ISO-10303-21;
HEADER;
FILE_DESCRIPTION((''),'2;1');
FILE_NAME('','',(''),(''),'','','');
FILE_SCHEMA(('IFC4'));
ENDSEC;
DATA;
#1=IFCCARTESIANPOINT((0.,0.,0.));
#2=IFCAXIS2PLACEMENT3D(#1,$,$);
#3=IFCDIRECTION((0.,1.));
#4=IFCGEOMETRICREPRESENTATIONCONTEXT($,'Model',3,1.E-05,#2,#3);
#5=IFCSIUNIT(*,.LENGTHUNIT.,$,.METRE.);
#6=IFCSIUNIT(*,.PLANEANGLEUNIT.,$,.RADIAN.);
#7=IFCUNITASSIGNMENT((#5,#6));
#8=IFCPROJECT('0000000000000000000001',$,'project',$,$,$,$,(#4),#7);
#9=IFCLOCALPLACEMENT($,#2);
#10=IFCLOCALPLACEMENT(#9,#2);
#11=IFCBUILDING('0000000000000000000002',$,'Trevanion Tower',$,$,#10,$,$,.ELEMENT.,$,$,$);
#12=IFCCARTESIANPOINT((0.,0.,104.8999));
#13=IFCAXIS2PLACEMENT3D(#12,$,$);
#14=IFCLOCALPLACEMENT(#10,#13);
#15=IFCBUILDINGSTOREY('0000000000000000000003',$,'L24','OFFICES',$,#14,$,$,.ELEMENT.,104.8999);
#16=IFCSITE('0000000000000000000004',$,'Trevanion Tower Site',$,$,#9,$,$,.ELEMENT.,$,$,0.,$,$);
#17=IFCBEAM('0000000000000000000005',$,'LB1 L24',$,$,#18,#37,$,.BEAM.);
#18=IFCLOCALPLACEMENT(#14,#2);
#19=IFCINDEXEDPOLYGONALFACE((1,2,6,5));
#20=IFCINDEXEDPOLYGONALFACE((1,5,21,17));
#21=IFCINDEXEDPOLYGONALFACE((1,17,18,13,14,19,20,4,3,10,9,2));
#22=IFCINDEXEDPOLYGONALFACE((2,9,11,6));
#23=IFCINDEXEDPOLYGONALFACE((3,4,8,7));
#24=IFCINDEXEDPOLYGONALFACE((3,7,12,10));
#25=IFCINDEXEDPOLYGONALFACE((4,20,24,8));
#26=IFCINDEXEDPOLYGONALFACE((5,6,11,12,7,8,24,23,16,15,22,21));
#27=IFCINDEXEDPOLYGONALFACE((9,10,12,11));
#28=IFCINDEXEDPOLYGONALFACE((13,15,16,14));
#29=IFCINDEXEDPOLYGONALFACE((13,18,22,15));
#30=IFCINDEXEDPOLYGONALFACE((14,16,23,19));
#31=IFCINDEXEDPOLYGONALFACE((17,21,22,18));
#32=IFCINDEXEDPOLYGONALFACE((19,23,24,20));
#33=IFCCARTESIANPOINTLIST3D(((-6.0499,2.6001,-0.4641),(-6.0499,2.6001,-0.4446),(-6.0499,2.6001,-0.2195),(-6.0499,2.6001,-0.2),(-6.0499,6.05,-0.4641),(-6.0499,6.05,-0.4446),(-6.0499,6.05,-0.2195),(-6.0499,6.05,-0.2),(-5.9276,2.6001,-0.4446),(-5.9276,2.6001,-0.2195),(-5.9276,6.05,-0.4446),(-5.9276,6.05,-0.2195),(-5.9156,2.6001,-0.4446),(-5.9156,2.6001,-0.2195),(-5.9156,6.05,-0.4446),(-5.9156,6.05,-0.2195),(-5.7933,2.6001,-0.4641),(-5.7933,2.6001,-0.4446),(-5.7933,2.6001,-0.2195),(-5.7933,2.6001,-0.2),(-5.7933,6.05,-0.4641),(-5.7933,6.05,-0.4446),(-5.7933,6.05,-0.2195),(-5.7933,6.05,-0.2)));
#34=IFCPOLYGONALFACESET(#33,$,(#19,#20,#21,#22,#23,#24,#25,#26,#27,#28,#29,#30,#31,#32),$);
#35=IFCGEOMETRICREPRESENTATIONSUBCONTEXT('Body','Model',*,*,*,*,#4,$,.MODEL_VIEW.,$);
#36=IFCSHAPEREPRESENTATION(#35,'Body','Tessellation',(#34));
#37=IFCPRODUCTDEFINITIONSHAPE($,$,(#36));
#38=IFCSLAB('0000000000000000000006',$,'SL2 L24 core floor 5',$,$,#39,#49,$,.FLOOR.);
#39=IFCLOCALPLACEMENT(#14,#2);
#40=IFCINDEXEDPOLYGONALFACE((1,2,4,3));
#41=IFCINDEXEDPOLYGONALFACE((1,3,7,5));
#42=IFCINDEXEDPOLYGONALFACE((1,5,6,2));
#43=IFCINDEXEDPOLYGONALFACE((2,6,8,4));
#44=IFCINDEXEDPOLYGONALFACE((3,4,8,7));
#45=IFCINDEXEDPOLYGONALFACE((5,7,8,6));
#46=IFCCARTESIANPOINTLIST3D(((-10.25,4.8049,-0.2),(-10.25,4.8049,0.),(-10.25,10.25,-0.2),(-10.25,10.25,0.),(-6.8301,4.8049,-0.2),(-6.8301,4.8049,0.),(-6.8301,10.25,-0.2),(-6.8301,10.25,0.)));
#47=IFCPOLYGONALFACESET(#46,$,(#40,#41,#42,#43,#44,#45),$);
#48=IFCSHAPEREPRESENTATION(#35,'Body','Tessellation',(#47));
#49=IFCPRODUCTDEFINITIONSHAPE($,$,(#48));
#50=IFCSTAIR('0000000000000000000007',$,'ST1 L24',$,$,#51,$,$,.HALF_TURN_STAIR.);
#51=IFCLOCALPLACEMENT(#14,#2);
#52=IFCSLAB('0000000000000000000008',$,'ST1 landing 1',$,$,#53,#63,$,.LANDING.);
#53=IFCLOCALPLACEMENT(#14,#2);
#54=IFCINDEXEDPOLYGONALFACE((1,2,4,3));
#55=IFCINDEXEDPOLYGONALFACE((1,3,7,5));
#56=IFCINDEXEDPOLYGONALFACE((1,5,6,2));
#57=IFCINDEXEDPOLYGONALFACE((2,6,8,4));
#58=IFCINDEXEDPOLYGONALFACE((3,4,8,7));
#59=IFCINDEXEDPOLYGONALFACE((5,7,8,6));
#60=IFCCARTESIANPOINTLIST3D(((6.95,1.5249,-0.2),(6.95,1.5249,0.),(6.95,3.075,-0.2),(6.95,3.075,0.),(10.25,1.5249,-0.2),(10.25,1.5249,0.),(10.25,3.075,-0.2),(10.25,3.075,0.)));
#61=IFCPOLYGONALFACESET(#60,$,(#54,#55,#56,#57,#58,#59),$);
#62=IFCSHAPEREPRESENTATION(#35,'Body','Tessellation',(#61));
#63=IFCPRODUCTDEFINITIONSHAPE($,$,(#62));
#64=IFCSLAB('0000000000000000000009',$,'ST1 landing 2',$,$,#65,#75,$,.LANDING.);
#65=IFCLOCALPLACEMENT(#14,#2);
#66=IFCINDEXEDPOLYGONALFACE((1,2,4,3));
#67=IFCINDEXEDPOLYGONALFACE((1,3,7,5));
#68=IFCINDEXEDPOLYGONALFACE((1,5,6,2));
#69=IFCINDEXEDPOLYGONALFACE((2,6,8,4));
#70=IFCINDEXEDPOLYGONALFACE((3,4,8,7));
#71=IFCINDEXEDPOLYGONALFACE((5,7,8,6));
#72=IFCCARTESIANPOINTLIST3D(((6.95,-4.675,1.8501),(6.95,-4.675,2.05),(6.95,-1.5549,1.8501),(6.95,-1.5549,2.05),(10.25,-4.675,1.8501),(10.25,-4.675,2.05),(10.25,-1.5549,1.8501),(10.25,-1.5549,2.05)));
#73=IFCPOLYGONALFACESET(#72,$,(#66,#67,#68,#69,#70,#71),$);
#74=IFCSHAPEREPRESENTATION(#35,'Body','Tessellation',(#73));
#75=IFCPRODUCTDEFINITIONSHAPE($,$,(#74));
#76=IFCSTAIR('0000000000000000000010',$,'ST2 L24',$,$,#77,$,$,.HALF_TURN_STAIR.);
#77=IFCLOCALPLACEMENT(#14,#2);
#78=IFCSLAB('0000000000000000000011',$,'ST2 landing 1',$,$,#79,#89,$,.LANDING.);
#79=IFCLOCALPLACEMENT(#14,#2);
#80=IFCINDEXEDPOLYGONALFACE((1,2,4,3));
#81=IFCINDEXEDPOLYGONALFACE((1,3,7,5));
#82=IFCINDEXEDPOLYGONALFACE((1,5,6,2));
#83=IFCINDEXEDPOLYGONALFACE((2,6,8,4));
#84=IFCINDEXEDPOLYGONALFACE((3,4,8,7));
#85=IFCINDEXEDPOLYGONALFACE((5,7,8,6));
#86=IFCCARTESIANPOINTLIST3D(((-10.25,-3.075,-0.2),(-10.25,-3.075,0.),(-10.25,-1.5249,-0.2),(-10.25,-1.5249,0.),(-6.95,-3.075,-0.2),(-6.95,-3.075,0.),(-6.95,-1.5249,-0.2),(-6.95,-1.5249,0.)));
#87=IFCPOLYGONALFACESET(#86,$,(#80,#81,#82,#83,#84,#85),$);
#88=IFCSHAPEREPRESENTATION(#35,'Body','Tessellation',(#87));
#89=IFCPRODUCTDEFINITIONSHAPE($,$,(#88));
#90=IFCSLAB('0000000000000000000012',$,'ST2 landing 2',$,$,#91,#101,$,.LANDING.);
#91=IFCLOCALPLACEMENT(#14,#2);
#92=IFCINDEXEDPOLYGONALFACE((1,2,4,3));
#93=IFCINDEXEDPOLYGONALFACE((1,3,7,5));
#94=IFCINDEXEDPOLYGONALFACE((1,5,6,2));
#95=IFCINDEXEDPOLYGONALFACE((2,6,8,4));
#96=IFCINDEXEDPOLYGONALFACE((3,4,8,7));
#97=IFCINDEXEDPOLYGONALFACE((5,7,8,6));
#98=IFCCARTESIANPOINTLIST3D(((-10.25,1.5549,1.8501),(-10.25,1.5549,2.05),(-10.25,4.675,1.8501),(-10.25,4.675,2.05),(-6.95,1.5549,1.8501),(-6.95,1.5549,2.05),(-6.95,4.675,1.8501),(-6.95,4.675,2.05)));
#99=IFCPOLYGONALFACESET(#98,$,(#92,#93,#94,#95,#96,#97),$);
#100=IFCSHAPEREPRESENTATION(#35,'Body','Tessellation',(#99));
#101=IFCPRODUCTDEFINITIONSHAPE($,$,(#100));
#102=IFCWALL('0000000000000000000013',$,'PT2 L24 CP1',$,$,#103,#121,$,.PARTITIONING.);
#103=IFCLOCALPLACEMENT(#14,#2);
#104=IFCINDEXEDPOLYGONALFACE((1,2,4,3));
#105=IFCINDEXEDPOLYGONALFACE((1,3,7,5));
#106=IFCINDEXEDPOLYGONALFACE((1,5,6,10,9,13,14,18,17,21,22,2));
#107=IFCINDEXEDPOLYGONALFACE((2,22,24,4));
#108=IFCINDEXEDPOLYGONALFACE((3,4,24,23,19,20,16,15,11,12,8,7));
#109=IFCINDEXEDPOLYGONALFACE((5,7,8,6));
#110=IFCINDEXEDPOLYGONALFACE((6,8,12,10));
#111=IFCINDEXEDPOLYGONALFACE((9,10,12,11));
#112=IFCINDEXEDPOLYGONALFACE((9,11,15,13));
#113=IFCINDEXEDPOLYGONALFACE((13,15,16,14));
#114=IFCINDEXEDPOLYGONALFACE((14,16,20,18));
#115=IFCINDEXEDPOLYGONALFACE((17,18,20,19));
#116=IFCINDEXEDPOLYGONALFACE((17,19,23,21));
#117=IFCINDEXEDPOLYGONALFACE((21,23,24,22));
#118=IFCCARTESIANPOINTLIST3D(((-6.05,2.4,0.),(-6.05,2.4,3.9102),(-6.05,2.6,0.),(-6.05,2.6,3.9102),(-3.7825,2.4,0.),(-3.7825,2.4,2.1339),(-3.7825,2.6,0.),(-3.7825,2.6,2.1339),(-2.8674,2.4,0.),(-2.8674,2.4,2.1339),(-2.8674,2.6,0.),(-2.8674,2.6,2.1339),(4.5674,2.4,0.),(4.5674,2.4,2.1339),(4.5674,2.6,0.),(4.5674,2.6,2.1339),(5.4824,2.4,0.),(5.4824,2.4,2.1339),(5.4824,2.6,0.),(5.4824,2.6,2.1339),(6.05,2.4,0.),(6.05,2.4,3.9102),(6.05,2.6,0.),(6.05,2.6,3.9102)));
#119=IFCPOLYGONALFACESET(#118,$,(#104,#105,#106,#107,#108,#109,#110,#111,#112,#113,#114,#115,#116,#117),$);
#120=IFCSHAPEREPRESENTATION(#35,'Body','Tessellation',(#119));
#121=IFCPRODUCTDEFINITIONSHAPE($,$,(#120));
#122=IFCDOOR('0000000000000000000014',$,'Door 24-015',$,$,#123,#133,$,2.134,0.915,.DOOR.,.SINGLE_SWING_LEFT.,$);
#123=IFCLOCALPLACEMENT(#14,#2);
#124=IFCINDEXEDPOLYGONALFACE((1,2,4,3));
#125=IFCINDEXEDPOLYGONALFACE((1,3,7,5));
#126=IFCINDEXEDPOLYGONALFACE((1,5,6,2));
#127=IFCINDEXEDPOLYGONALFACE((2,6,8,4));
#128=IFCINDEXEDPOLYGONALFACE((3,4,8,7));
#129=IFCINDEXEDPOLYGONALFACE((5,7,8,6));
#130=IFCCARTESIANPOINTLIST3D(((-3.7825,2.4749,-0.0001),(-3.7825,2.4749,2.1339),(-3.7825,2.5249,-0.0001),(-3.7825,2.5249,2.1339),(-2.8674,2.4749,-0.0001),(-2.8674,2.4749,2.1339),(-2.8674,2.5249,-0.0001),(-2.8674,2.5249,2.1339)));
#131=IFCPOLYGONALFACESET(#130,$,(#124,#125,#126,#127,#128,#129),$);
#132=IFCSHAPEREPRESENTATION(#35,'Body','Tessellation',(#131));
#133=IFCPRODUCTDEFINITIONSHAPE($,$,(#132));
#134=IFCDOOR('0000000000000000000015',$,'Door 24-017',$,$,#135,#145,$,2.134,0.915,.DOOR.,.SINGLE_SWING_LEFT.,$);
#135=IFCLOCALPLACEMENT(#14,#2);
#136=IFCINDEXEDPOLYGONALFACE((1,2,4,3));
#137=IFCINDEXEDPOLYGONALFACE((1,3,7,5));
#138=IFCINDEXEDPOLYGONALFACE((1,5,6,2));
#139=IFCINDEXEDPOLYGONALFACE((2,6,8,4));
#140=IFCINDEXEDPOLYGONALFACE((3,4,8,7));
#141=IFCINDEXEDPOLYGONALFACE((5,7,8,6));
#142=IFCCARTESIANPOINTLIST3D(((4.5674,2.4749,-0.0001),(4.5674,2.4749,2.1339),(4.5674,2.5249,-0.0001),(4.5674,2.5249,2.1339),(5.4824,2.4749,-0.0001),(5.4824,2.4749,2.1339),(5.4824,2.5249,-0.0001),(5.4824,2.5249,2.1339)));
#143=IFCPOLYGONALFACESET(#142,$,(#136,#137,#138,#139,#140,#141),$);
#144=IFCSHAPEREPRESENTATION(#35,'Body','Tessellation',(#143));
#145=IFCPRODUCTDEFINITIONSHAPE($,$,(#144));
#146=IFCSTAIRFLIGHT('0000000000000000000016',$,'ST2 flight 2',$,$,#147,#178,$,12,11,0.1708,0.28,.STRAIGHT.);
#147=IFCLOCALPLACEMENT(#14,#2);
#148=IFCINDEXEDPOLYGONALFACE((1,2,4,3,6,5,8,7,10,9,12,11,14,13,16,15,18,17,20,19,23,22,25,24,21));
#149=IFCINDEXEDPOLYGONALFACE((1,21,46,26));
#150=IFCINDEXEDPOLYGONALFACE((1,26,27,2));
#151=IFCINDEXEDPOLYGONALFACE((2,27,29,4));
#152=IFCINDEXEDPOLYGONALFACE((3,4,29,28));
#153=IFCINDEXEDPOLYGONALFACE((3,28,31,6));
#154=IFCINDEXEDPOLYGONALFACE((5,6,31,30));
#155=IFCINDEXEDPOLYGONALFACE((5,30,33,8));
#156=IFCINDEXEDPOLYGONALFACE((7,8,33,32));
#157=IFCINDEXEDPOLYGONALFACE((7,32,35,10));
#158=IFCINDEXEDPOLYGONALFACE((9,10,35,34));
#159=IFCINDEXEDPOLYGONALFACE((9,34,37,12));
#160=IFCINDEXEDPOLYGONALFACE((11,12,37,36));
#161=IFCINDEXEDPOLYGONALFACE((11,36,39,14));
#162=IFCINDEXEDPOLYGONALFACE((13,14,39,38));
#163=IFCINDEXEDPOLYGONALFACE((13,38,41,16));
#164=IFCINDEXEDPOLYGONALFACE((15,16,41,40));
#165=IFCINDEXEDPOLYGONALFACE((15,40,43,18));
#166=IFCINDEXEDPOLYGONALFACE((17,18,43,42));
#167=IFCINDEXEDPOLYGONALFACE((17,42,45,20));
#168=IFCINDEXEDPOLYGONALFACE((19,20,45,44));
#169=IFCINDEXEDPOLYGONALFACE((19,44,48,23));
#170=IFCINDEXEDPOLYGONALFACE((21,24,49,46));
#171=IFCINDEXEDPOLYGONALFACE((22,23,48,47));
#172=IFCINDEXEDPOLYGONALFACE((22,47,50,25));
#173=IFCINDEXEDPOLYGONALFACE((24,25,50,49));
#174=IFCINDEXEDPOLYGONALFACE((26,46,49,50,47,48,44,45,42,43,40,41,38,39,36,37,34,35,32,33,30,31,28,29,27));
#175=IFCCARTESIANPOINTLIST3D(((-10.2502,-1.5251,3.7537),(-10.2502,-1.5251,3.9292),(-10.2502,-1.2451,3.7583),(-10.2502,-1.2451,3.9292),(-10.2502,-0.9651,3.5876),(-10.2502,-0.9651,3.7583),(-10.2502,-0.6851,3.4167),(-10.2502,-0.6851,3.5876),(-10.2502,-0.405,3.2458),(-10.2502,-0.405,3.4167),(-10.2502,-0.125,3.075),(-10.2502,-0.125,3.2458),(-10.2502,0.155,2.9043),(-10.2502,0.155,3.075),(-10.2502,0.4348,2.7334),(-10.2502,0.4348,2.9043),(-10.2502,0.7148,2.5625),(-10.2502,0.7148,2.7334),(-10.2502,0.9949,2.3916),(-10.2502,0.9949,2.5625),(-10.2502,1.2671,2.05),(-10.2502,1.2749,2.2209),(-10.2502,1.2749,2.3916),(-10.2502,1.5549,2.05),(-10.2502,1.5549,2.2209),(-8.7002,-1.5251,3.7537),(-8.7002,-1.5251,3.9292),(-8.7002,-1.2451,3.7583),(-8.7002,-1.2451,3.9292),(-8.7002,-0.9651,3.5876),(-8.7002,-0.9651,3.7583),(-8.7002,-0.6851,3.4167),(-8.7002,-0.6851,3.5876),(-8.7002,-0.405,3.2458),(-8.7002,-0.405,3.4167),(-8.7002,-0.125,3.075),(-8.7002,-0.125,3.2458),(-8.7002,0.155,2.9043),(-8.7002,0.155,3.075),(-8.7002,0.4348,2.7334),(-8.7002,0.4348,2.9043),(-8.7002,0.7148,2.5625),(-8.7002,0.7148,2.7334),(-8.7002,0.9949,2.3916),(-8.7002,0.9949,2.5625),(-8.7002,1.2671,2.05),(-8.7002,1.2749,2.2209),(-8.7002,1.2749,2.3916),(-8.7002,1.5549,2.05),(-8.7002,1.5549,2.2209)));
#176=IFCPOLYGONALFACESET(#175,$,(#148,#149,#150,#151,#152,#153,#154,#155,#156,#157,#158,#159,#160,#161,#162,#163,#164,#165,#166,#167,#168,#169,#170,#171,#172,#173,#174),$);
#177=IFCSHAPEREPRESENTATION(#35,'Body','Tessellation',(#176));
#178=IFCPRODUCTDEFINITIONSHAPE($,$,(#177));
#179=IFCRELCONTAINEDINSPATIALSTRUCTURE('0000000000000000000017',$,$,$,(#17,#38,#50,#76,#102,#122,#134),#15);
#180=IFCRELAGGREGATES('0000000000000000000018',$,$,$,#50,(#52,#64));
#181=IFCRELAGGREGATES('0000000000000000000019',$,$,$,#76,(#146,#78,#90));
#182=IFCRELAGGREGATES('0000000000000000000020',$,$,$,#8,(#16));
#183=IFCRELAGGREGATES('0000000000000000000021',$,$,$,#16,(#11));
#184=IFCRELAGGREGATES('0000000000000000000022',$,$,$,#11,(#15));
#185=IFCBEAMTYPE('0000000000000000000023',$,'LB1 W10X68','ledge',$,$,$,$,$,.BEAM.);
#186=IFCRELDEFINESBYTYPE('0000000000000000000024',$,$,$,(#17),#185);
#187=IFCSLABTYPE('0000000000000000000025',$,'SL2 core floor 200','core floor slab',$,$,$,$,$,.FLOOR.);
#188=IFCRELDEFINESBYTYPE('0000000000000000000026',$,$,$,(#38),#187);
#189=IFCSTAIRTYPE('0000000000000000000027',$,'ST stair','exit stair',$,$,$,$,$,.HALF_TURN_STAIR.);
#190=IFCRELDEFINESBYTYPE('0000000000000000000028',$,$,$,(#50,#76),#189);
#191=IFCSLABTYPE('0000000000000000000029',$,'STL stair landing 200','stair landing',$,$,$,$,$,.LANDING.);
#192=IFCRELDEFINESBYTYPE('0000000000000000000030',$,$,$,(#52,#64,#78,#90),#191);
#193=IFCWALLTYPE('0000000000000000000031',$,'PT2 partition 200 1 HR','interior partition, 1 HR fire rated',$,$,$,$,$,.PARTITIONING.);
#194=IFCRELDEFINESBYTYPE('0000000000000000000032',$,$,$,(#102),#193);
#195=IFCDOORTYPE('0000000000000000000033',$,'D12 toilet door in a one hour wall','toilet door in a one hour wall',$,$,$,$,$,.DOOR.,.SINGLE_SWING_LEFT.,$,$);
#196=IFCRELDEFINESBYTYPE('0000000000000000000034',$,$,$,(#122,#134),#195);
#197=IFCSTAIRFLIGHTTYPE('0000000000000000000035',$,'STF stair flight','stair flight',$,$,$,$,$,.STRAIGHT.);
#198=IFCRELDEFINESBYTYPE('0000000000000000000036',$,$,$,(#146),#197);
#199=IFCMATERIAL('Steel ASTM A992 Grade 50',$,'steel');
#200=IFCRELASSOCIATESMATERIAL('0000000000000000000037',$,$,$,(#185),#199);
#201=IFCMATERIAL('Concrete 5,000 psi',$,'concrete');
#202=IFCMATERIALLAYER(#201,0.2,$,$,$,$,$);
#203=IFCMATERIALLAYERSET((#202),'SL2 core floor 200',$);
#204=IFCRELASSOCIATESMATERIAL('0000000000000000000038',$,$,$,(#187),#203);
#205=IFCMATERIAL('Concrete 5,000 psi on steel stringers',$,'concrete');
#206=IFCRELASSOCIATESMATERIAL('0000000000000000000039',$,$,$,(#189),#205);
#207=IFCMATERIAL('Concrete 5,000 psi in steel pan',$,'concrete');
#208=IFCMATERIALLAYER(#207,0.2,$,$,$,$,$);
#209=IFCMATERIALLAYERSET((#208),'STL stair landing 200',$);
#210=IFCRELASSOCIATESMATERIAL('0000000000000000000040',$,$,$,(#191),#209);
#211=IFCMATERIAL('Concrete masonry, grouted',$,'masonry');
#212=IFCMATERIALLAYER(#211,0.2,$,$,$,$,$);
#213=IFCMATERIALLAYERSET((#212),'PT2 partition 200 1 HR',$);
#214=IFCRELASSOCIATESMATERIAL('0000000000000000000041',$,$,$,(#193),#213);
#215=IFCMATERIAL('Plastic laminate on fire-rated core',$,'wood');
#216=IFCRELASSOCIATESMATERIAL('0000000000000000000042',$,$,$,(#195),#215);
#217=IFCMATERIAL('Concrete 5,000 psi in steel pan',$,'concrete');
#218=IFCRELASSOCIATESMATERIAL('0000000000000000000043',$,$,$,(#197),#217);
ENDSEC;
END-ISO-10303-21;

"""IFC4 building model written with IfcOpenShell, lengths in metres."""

from ifc_helpers import new_model, si_unit, direction, frame, frame_2d, origin, origin_2d, place, context, subcontext, project, spatial, polyline, rectangle, i_section, outline, extrude, material, layer, layer_set, material_profile, profile_set, type_object, element, fill, aggregate, save


model = new_model("IFC4")

# Units and contexts
model_context = context("Model", 3, precision=1e-05, world=origin(), true_north=direction((0.0, 1.0)))
body_context = subcontext(model_context, "Body", "Model", "MODEL_VIEW")
ifc_project = project(units=[si_unit("LENGTHUNIT", "METRE"), si_unit("PLANEANGLEUNIT", "RADIAN")], contexts=[model_context])

# Site, building, storey
site_placement = place(None, origin())
site = spatial("IfcSite", under=ifc_project, at=site_placement, Name="Trevanion Tower Site", CompositionType="ELEMENT", RefElevation=0.0)
building_placement = place(site_placement, origin())
building = spatial("IfcBuilding", under=site, at=building_placement, Name="Trevanion Tower", CompositionType="ELEMENT")
storey_placement = place(building_placement, frame((0.0, 0.0, 104.8999)))
storey = spatial("IfcBuildingStorey", under=building, at=storey_placement, Name="L24", Description="OFFICES", CompositionType="ELEMENT", Elevation=104.8999)

# Beam
ifc_material_1 = material(Name="Steel ASTM A992 Grade 50", Category="steel")
ifc_material_profile = material_profile(ifc_material_1, i_section(OverallWidth=0.2566, OverallDepth=0.2642, WebThickness=0.012, FlangeThickness=0.0195, at=origin_2d()), Name="W10X68")
ifc_profile_set = profile_set([ifc_material_profile], Name="Steel ASTM A992 Grade 50")
beam_type = type_object("IfcBeamType", Name="LB1 W10X68", Description="ledge", PredefinedType="BEAM", material=ifc_profile_set)
beam_placement = place(storey_placement, frame((-5.9216, 2.6001, -0.332), z_axis=(0.0, 1.0, 0.0), x_axis=(-1.0, 0.0, 0.0)))
element("IfcBeam", 1, at=beam_placement, inside=storey, type_object=beam_type, Name="LB1 L24", PredefinedType="BEAM", context=body_context, shape_type="SweptSolid", body=[
    extrude(i_section(OverallWidth=0.2566, OverallDepth=0.2642, WebThickness=0.012, FlangeThickness=0.0195, at=origin_2d()), origin(), (0.0, 0.0, 1.0), 3.45),
])

# Slab
ifc_material_2 = material(Name="Concrete 5,000 psi", Category="concrete")
ifc_layer_1 = layer(ifc_material_2, 0.2)
ifc_layer_set_1 = layer_set([ifc_layer_1], Name="SL2 core floor 200")
slab_type_1 = type_object("IfcSlabType", Name="SL2 core floor 200", Description="core floor slab", PredefinedType="FLOOR", material=ifc_layer_set_1)
slab_1_placement = place(storey_placement, frame((0.0, 0.0, -0.2)))
element("IfcSlab", 2, at=slab_1_placement, inside=storey, type_object=slab_type_1, Name="SL2 L24 core floor 5", PredefinedType="FLOOR", context=body_context, shape_type="SweptSolid", body=[
    extrude(outline(polyline([(-6.8301, 4.8049), (-10.25, 4.8049), (-10.25, 10.25), (-6.8301, 10.25), (-6.8301, 4.8049)])), origin(), (0.0, 0.0, 1.0), 0.2),
])

# Stairs, slabs
ifc_material_3 = material(Name="Concrete 5,000 psi on steel stringers", Category="concrete")
stair_type = type_object("IfcStairType", Name="ST stair", Description="exit stair", PredefinedType="HALF_TURN_STAIR", material=ifc_material_3)
stair_1_placement = place(storey_placement, origin())
stair_1 = element("IfcStair", 3, at=stair_1_placement, inside=storey, type_object=stair_type, Name="ST1 L24", PredefinedType="HALF_TURN_STAIR")
ifc_material_4 = material(Name="Concrete 5,000 psi in steel pan", Category="concrete")
ifc_layer_2 = layer(ifc_material_4, 0.2)
ifc_layer_set_2 = layer_set([ifc_layer_2], Name="STL stair landing 200")
slab_type_2 = type_object("IfcSlabType", Name="STL stair landing 200", Description="stair landing", PredefinedType="LANDING", material=ifc_layer_set_2)
slab_2_placement = place(storey_placement, frame((0.0, 0.0, -0.2)))
slab_2 = element("IfcSlab", 4, at=slab_2_placement, type_object=slab_type_2, Name="ST1 landing 1", PredefinedType="LANDING", context=body_context, shape_type="SweptSolid", body=[
    extrude(outline(polyline([(6.95, 1.5249), (10.25, 1.5249), (10.25, 3.075), (6.95, 3.075), (6.95, 1.5249)])), origin(), (0.0, 0.0, 1.0), 0.2),
])
slab_3_placement = place(storey_placement, frame((0.0, 0.0, 1.8501)))
slab_3 = element("IfcSlab", 5, at=slab_3_placement, type_object=slab_type_2, Name="ST1 landing 2", PredefinedType="LANDING", context=body_context, shape_type="SweptSolid", body=[
    extrude(outline(polyline([(6.95, -4.675), (10.25, -4.675), (10.25, -1.5549), (6.95, -1.5549), (6.95, -4.675)])), origin(), (0.0, 0.0, 1.0), 0.2),
])
aggregate(stair_1, [slab_2, slab_3])
stair_2_placement = place(storey_placement, origin())
stair_2 = element("IfcStair", 6, at=stair_2_placement, inside=storey, type_object=stair_type, Name="ST2 L24", PredefinedType="HALF_TURN_STAIR")
slab_4_placement = place(storey_placement, frame((0.0, 0.0, -0.2)))
slab_4 = element("IfcSlab", 7, at=slab_4_placement, type_object=slab_type_2, Name="ST2 landing 1", PredefinedType="LANDING", context=body_context, shape_type="SweptSolid", body=[
    extrude(outline(polyline([(-6.95, -1.5249), (-10.25, -1.5249), (-10.25, -3.075), (-6.95, -3.075), (-6.95, -1.5249)])), origin(), (0.0, 0.0, 1.0), 0.2),
])
slab_5_placement = place(storey_placement, frame((0.0, 0.0, 1.8501)))
slab_5 = element("IfcSlab", 8, at=slab_5_placement, type_object=slab_type_2, Name="ST2 landing 2", PredefinedType="LANDING", context=body_context, shape_type="SweptSolid", body=[
    extrude(outline(polyline([(-6.95, 4.675), (-10.25, 4.675), (-10.25, 1.5549), (-6.95, 1.5549), (-6.95, 4.675)])), origin(), (0.0, 0.0, 1.0), 0.2),
])

# Wall, openings, doors
ifc_material_5 = material(Name="Concrete masonry, grouted", Category="masonry")
ifc_layer_3 = layer(ifc_material_5, 0.2)
ifc_layer_set_3 = layer_set([ifc_layer_3], Name="PT2 partition 200 1 HR")
wall_type = type_object("IfcWallType", Name="PT2 partition 200 1 HR", Description="interior partition, 1 HR fire rated", PredefinedType="PARTITIONING", material=ifc_layer_set_3)
wall_placement = place(storey_placement, frame((-6.05, 2.5, 0.0), z_axis=(0.0, 0.0, 1.0), x_axis=(1.0, 0.0, 0.0)))
wall = element("IfcWall", 9, at=wall_placement, inside=storey, type_object=wall_type, Name="PT2 L24 CP1", PredefinedType="PARTITIONING", context=body_context, shape_type="SweptSolid", body=[
    extrude(rectangle(XDim=12.1001, YDim=0.2, at=frame_2d((6.05, 0.0))), origin(), (0.0, 0.0, 1.0), 3.9102),
])
opening_1_placement = place(wall_placement, frame((2.2676, 0.0, 0.0)))
opening_1 = element("IfcOpeningElement", 10, at=opening_1_placement, cuts=wall, PredefinedType="OPENING", context=body_context, shape_type="SweptSolid", body=[
    extrude(rectangle(XDim=0.915, YDim=2.134, at=frame_2d((0.4575, 1.0669))), frame((0.0, 0.1099, 0.0), z_axis=(0.0, -1.0, 0.0), x_axis=(1.0, 0.0, 0.0)), (0.0, 0.0, 1.0), 0.22),
])
opening_2_placement = place(wall_placement, frame((10.6174, 0.0, 0.0)))
opening_2 = element("IfcOpeningElement", 11, at=opening_2_placement, cuts=wall, PredefinedType="OPENING", context=body_context, shape_type="SweptSolid", body=[
    extrude(rectangle(XDim=0.915, YDim=2.134, at=frame_2d((0.4575, 1.0669))), frame((0.0, 0.1099, 0.0), z_axis=(0.0, -1.0, 0.0), x_axis=(1.0, 0.0, 0.0)), (0.0, 0.0, 1.0), 0.22),
])
ifc_material_6 = material(Name="Plastic laminate on fire-rated core", Category="wood")
door_type = type_object("IfcDoorType", Name="D12 toilet door in a one hour wall", Description="toilet door in a one hour wall", OperationType="SINGLE_SWING_LEFT", PredefinedType="DOOR", material=ifc_material_6)
door_1_placement = place(opening_1_placement, origin())
door_1 = element("IfcDoor", 12, at=door_1_placement, inside=storey, type_object=door_type, Name="Door 24-015", OperationType="SINGLE_SWING_LEFT", OverallHeight=2.134, OverallWidth=0.915, PredefinedType="DOOR", context=body_context, shape_type="SweptSolid", body=[
    extrude(rectangle(XDim=0.915, YDim=2.134, at=frame_2d((0.4575, 1.0669))), frame((0.0, 0.0249, 0.0), z_axis=(0.0, -1.0, 0.0), x_axis=(1.0, 0.0, 0.0)), (0.0, 0.0, 1.0), 0.05),
])
fill(opening_1, door_1)
door_2_placement = place(opening_2_placement, origin())
door_2 = element("IfcDoor", 13, at=door_2_placement, inside=storey, type_object=door_type, Name="Door 24-017", OperationType="SINGLE_SWING_LEFT", OverallHeight=2.134, OverallWidth=0.915, PredefinedType="DOOR", context=body_context, shape_type="SweptSolid", body=[
    extrude(rectangle(XDim=0.915, YDim=2.134, at=frame_2d((0.4575, 1.0669))), frame((0.0, 0.0249, 0.0), z_axis=(0.0, -1.0, 0.0), x_axis=(1.0, 0.0, 0.0)), (0.0, 0.0, 1.0), 0.05),
])
fill(opening_2, door_2)

# Stair flight
ifc_material_7 = material(Name="Concrete 5,000 psi in steel pan", Category="concrete")
stair_flight_type = type_object("IfcStairFlightType", Name="STF stair flight", Description="stair flight", PredefinedType="STRAIGHT", material=ifc_material_7)
stair_flight_placement = place(storey_placement, frame((-9.4751, 1.5549, 2.05), z_axis=(0.0, 0.0, 1.0), x_axis=(0.0, -1.0, 0.0)))
stair_flight = element("IfcStairFlight", 14, at=stair_flight_placement, type_object=stair_flight_type, Name="ST2 flight 2", NumberOfRisers=12, NumberOfTreads=11, PredefinedType="STRAIGHT", RiserHeight=0.1708, TreadLength=0.28, context=body_context, shape_type="SweptSolid", body=[
    extrude(outline(polyline([(0.0, 0.0), (0.0, 0.1709), (0.28, 0.1709), (0.28, 0.3416), (0.5601, 0.3416), (0.5601, 0.5125), (0.8401, 0.5125), (0.8401, 0.6833), (1.1201, 0.6833), (1.1201, 0.8542), (1.3999, 0.8542), (1.3999, 1.0249), (1.6799, 1.0249), (1.6799, 1.1958), (1.96, 1.1958), (1.96, 1.3667), (2.24, 1.3667), (2.24, 1.5376), (2.52, 1.5376), (2.52, 1.7083), (2.8, 1.7083), (2.8, 1.8792), (3.0801, 1.8792), (3.0801, 2.05), (3.0801, 1.7036), (0.2878, 0.0), (0.0, 0.0)])), frame((0.0, 0.7749, 0.0), z_axis=(0.0, -1.0, 0.0), x_axis=(1.0, 0.0, 0.0)), (0.0, 0.0, 1.0), 1.55),
])
aggregate(stair_2, [stair_flight, slab_4, slab_5])

save(model, "model.ifc")
